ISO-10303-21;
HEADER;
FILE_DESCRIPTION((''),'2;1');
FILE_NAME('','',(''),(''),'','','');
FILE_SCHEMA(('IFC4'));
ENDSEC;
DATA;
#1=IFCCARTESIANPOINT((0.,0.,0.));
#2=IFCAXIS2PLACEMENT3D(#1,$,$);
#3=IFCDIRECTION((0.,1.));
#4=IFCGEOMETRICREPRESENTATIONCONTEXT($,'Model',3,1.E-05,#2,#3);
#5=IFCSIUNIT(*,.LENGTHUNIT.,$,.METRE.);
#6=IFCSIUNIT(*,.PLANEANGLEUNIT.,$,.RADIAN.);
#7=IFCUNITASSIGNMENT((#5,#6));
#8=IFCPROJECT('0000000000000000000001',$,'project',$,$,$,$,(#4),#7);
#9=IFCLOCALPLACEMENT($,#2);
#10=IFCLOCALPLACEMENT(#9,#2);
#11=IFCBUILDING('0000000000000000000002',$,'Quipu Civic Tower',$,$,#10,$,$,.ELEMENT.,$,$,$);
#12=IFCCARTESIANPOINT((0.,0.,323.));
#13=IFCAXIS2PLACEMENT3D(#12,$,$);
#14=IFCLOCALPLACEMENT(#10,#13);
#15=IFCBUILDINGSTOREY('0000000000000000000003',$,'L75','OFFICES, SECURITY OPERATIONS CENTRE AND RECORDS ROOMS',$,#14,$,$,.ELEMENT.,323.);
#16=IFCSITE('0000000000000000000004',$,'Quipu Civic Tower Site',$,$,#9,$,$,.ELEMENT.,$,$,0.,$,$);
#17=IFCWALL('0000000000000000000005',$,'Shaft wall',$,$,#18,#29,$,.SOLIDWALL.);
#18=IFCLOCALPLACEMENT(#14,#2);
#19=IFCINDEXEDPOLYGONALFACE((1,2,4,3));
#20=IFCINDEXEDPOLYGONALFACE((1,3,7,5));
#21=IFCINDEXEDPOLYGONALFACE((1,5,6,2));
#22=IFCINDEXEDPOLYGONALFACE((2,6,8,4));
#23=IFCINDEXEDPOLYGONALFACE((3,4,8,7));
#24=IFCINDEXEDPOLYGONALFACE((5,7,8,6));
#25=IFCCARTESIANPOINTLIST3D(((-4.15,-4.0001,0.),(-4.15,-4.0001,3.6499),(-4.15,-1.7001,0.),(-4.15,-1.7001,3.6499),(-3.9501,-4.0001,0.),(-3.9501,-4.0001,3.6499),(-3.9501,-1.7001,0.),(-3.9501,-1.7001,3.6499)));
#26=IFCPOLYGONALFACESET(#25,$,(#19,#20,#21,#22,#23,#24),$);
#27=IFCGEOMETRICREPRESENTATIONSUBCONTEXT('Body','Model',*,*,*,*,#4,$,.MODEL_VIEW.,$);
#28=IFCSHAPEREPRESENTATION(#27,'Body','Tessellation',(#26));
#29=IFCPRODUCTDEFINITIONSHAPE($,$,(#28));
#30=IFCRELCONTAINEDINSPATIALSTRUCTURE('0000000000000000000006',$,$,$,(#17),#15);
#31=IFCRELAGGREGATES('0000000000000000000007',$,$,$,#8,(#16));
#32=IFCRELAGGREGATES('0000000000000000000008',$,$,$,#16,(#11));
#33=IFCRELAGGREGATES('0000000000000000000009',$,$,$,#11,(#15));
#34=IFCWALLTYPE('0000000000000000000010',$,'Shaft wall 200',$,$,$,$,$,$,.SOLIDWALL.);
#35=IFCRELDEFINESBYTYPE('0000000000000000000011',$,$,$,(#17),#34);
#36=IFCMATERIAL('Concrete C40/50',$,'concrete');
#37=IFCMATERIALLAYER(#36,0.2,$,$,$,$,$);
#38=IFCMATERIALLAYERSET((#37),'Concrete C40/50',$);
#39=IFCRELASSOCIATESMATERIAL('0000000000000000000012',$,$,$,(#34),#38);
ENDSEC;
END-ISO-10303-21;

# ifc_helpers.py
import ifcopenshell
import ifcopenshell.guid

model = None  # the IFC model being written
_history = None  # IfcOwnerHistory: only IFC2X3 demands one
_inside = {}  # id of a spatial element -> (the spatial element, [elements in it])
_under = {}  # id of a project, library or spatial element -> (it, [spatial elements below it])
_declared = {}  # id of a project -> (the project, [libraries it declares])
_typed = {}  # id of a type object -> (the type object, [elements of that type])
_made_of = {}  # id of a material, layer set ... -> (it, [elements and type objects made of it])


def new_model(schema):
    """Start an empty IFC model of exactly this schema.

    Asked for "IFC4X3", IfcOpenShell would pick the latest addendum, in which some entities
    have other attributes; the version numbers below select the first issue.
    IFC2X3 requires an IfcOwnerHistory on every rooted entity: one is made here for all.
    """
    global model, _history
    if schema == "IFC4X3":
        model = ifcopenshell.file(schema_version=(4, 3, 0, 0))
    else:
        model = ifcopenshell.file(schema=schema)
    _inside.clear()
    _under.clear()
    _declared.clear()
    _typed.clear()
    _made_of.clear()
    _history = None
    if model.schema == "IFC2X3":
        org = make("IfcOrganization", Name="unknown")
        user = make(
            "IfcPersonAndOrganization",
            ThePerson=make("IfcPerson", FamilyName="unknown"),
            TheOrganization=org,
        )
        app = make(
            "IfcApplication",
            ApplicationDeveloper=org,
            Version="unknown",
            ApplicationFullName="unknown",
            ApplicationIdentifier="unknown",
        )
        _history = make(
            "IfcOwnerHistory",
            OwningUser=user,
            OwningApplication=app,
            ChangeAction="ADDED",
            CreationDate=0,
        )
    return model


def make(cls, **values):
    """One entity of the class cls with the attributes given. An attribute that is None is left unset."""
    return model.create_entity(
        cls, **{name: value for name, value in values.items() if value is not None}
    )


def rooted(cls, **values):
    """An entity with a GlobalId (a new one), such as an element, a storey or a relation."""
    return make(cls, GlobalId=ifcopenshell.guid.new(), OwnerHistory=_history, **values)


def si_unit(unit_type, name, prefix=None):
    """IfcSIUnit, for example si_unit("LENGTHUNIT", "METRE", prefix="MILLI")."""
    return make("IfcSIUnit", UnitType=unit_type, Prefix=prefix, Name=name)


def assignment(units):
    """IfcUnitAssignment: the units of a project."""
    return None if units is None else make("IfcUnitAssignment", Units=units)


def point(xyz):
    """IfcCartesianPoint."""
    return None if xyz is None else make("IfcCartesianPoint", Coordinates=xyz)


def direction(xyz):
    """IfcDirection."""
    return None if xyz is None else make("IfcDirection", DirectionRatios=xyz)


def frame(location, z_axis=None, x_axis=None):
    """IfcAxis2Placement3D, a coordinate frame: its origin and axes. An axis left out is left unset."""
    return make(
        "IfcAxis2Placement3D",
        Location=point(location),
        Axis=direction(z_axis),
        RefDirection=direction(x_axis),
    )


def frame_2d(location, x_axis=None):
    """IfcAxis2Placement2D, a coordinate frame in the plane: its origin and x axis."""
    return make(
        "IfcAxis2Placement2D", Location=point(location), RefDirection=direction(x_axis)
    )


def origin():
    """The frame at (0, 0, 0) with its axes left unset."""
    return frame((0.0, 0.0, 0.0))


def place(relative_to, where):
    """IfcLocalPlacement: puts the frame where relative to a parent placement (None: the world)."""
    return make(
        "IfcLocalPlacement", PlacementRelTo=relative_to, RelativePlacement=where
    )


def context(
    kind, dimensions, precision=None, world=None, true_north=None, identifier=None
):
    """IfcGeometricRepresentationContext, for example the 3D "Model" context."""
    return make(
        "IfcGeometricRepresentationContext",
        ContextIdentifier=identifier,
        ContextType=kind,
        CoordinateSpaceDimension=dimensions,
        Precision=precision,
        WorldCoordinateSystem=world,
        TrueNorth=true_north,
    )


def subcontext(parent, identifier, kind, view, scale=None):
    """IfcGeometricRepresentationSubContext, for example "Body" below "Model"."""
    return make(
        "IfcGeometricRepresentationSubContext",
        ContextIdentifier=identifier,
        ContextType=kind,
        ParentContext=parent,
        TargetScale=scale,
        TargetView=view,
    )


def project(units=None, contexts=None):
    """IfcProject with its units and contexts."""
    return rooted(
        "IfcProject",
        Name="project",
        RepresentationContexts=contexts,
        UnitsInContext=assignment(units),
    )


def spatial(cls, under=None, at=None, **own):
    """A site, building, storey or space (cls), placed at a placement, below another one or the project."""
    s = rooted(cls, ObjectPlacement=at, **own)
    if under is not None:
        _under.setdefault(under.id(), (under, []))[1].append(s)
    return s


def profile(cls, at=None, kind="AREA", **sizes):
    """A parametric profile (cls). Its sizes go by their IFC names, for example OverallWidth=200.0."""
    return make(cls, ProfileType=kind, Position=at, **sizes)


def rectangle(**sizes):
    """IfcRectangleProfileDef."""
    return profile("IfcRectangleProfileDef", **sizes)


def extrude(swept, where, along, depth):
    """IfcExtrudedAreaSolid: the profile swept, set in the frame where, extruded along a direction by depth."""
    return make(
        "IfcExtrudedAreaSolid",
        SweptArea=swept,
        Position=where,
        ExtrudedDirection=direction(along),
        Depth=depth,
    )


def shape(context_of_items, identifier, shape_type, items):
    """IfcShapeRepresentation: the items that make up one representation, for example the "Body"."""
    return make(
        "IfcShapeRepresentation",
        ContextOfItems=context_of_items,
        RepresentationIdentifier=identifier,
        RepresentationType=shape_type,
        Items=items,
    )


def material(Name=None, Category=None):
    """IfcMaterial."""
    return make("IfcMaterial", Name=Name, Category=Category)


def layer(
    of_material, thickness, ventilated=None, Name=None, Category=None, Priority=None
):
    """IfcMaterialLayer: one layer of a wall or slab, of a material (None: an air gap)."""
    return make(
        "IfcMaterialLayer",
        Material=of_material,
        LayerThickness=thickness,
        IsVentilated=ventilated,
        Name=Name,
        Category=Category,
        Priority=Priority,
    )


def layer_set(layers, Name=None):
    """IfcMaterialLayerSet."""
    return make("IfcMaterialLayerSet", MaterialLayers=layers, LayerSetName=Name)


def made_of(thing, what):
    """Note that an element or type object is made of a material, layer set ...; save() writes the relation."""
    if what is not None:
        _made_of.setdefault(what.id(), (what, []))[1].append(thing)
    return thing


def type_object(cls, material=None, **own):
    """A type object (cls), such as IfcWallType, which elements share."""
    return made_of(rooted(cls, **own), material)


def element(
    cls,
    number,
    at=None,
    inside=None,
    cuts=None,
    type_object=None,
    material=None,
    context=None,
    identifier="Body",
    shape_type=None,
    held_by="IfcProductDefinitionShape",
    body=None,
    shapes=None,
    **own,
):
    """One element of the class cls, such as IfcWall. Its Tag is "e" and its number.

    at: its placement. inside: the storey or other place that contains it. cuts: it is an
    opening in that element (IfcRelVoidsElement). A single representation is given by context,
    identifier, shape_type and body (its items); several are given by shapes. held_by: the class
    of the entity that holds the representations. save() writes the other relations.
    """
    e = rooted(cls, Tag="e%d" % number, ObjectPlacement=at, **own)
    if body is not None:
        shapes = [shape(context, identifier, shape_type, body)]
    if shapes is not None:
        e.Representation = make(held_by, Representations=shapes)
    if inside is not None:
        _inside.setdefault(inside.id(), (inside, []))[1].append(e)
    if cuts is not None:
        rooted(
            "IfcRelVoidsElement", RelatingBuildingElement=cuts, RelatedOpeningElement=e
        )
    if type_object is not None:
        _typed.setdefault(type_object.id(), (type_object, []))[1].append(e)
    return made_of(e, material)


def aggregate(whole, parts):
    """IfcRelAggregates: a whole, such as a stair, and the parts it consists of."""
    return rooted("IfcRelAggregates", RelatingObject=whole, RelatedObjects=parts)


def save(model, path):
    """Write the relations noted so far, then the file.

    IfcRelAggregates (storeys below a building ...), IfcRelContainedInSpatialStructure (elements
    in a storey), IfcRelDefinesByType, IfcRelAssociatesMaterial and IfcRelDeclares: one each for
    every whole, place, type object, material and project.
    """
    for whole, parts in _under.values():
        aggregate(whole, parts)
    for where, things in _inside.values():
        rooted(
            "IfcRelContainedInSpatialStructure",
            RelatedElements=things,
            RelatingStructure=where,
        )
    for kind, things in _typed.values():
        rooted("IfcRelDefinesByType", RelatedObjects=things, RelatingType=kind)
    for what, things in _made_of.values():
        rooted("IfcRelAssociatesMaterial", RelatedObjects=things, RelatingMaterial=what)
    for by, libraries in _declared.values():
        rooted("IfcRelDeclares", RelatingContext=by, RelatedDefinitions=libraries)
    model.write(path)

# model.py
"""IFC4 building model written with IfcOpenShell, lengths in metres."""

from ifc_helpers import new_model, si_unit, direction, frame, frame_2d, origin, place, context, subcontext, project, spatial, rectangle, extrude, material, layer, layer_set, type_object, element, save


model = new_model("IFC4")

# Units and contexts
model_context = context("Model", 3, precision=1e-05, world=origin(), true_north=direction((0.0, 1.0)))
body_context = subcontext(model_context, "Body", "Model", "MODEL_VIEW")
ifc_project = project(units=[si_unit("LENGTHUNIT", "METRE"), si_unit("PLANEANGLEUNIT", "RADIAN")], contexts=[model_context])

# Site, building, storey
site_placement = place(None, origin())
site = spatial("IfcSite", under=ifc_project, at=site_placement, Name="Quipu Civic Tower Site", CompositionType="ELEMENT", RefElevation=0.0)
building_placement = place(site_placement, origin())
building = spatial("IfcBuilding", under=site, at=building_placement, Name="Quipu Civic Tower", CompositionType="ELEMENT")
storey_placement = place(building_placement, frame((0.0, 0.0, 323.0)))
storey = spatial("IfcBuildingStorey", under=building, at=storey_placement, Name="L75", Description="OFFICES, SECURITY OPERATIONS CENTRE AND RECORDS ROOMS", CompositionType="ELEMENT", Elevation=323.0)

# Wall
ifc_material_1 = material(Name="Concrete C40/50", Category="concrete")
ifc_layer_1 = layer(ifc_material_1, 0.2)
ifc_layer_set_1 = layer_set([ifc_layer_1], Name="Concrete C40/50")
wall_type_1 = type_object("IfcWallType", Name="Shaft wall 200", PredefinedType="SOLIDWALL", material=ifc_layer_set_1)
for number, where, z_axis, x_axis, name in (
    (1, (-4.05, -4.0, 0.0), (0.0, 0.0, 1.0), (0.0, 1.0, 0.0), "Shaft wall"),
):
    element("IfcWall", number, at=place(storey_placement, frame(where, z_axis=z_axis, x_axis=x_axis)), inside=storey, type_object=wall_type_1, Name=name, PredefinedType="SOLIDWALL", context=body_context, shape_type="SweptSolid", body=[
        extrude(rectangle(XDim=2.3, YDim=0.2, at=frame_2d((1.1499, 0.0))), origin(), (0.0, 0.0, 1.0), 3.6499),
    ])

save(model, "model.ifc")
